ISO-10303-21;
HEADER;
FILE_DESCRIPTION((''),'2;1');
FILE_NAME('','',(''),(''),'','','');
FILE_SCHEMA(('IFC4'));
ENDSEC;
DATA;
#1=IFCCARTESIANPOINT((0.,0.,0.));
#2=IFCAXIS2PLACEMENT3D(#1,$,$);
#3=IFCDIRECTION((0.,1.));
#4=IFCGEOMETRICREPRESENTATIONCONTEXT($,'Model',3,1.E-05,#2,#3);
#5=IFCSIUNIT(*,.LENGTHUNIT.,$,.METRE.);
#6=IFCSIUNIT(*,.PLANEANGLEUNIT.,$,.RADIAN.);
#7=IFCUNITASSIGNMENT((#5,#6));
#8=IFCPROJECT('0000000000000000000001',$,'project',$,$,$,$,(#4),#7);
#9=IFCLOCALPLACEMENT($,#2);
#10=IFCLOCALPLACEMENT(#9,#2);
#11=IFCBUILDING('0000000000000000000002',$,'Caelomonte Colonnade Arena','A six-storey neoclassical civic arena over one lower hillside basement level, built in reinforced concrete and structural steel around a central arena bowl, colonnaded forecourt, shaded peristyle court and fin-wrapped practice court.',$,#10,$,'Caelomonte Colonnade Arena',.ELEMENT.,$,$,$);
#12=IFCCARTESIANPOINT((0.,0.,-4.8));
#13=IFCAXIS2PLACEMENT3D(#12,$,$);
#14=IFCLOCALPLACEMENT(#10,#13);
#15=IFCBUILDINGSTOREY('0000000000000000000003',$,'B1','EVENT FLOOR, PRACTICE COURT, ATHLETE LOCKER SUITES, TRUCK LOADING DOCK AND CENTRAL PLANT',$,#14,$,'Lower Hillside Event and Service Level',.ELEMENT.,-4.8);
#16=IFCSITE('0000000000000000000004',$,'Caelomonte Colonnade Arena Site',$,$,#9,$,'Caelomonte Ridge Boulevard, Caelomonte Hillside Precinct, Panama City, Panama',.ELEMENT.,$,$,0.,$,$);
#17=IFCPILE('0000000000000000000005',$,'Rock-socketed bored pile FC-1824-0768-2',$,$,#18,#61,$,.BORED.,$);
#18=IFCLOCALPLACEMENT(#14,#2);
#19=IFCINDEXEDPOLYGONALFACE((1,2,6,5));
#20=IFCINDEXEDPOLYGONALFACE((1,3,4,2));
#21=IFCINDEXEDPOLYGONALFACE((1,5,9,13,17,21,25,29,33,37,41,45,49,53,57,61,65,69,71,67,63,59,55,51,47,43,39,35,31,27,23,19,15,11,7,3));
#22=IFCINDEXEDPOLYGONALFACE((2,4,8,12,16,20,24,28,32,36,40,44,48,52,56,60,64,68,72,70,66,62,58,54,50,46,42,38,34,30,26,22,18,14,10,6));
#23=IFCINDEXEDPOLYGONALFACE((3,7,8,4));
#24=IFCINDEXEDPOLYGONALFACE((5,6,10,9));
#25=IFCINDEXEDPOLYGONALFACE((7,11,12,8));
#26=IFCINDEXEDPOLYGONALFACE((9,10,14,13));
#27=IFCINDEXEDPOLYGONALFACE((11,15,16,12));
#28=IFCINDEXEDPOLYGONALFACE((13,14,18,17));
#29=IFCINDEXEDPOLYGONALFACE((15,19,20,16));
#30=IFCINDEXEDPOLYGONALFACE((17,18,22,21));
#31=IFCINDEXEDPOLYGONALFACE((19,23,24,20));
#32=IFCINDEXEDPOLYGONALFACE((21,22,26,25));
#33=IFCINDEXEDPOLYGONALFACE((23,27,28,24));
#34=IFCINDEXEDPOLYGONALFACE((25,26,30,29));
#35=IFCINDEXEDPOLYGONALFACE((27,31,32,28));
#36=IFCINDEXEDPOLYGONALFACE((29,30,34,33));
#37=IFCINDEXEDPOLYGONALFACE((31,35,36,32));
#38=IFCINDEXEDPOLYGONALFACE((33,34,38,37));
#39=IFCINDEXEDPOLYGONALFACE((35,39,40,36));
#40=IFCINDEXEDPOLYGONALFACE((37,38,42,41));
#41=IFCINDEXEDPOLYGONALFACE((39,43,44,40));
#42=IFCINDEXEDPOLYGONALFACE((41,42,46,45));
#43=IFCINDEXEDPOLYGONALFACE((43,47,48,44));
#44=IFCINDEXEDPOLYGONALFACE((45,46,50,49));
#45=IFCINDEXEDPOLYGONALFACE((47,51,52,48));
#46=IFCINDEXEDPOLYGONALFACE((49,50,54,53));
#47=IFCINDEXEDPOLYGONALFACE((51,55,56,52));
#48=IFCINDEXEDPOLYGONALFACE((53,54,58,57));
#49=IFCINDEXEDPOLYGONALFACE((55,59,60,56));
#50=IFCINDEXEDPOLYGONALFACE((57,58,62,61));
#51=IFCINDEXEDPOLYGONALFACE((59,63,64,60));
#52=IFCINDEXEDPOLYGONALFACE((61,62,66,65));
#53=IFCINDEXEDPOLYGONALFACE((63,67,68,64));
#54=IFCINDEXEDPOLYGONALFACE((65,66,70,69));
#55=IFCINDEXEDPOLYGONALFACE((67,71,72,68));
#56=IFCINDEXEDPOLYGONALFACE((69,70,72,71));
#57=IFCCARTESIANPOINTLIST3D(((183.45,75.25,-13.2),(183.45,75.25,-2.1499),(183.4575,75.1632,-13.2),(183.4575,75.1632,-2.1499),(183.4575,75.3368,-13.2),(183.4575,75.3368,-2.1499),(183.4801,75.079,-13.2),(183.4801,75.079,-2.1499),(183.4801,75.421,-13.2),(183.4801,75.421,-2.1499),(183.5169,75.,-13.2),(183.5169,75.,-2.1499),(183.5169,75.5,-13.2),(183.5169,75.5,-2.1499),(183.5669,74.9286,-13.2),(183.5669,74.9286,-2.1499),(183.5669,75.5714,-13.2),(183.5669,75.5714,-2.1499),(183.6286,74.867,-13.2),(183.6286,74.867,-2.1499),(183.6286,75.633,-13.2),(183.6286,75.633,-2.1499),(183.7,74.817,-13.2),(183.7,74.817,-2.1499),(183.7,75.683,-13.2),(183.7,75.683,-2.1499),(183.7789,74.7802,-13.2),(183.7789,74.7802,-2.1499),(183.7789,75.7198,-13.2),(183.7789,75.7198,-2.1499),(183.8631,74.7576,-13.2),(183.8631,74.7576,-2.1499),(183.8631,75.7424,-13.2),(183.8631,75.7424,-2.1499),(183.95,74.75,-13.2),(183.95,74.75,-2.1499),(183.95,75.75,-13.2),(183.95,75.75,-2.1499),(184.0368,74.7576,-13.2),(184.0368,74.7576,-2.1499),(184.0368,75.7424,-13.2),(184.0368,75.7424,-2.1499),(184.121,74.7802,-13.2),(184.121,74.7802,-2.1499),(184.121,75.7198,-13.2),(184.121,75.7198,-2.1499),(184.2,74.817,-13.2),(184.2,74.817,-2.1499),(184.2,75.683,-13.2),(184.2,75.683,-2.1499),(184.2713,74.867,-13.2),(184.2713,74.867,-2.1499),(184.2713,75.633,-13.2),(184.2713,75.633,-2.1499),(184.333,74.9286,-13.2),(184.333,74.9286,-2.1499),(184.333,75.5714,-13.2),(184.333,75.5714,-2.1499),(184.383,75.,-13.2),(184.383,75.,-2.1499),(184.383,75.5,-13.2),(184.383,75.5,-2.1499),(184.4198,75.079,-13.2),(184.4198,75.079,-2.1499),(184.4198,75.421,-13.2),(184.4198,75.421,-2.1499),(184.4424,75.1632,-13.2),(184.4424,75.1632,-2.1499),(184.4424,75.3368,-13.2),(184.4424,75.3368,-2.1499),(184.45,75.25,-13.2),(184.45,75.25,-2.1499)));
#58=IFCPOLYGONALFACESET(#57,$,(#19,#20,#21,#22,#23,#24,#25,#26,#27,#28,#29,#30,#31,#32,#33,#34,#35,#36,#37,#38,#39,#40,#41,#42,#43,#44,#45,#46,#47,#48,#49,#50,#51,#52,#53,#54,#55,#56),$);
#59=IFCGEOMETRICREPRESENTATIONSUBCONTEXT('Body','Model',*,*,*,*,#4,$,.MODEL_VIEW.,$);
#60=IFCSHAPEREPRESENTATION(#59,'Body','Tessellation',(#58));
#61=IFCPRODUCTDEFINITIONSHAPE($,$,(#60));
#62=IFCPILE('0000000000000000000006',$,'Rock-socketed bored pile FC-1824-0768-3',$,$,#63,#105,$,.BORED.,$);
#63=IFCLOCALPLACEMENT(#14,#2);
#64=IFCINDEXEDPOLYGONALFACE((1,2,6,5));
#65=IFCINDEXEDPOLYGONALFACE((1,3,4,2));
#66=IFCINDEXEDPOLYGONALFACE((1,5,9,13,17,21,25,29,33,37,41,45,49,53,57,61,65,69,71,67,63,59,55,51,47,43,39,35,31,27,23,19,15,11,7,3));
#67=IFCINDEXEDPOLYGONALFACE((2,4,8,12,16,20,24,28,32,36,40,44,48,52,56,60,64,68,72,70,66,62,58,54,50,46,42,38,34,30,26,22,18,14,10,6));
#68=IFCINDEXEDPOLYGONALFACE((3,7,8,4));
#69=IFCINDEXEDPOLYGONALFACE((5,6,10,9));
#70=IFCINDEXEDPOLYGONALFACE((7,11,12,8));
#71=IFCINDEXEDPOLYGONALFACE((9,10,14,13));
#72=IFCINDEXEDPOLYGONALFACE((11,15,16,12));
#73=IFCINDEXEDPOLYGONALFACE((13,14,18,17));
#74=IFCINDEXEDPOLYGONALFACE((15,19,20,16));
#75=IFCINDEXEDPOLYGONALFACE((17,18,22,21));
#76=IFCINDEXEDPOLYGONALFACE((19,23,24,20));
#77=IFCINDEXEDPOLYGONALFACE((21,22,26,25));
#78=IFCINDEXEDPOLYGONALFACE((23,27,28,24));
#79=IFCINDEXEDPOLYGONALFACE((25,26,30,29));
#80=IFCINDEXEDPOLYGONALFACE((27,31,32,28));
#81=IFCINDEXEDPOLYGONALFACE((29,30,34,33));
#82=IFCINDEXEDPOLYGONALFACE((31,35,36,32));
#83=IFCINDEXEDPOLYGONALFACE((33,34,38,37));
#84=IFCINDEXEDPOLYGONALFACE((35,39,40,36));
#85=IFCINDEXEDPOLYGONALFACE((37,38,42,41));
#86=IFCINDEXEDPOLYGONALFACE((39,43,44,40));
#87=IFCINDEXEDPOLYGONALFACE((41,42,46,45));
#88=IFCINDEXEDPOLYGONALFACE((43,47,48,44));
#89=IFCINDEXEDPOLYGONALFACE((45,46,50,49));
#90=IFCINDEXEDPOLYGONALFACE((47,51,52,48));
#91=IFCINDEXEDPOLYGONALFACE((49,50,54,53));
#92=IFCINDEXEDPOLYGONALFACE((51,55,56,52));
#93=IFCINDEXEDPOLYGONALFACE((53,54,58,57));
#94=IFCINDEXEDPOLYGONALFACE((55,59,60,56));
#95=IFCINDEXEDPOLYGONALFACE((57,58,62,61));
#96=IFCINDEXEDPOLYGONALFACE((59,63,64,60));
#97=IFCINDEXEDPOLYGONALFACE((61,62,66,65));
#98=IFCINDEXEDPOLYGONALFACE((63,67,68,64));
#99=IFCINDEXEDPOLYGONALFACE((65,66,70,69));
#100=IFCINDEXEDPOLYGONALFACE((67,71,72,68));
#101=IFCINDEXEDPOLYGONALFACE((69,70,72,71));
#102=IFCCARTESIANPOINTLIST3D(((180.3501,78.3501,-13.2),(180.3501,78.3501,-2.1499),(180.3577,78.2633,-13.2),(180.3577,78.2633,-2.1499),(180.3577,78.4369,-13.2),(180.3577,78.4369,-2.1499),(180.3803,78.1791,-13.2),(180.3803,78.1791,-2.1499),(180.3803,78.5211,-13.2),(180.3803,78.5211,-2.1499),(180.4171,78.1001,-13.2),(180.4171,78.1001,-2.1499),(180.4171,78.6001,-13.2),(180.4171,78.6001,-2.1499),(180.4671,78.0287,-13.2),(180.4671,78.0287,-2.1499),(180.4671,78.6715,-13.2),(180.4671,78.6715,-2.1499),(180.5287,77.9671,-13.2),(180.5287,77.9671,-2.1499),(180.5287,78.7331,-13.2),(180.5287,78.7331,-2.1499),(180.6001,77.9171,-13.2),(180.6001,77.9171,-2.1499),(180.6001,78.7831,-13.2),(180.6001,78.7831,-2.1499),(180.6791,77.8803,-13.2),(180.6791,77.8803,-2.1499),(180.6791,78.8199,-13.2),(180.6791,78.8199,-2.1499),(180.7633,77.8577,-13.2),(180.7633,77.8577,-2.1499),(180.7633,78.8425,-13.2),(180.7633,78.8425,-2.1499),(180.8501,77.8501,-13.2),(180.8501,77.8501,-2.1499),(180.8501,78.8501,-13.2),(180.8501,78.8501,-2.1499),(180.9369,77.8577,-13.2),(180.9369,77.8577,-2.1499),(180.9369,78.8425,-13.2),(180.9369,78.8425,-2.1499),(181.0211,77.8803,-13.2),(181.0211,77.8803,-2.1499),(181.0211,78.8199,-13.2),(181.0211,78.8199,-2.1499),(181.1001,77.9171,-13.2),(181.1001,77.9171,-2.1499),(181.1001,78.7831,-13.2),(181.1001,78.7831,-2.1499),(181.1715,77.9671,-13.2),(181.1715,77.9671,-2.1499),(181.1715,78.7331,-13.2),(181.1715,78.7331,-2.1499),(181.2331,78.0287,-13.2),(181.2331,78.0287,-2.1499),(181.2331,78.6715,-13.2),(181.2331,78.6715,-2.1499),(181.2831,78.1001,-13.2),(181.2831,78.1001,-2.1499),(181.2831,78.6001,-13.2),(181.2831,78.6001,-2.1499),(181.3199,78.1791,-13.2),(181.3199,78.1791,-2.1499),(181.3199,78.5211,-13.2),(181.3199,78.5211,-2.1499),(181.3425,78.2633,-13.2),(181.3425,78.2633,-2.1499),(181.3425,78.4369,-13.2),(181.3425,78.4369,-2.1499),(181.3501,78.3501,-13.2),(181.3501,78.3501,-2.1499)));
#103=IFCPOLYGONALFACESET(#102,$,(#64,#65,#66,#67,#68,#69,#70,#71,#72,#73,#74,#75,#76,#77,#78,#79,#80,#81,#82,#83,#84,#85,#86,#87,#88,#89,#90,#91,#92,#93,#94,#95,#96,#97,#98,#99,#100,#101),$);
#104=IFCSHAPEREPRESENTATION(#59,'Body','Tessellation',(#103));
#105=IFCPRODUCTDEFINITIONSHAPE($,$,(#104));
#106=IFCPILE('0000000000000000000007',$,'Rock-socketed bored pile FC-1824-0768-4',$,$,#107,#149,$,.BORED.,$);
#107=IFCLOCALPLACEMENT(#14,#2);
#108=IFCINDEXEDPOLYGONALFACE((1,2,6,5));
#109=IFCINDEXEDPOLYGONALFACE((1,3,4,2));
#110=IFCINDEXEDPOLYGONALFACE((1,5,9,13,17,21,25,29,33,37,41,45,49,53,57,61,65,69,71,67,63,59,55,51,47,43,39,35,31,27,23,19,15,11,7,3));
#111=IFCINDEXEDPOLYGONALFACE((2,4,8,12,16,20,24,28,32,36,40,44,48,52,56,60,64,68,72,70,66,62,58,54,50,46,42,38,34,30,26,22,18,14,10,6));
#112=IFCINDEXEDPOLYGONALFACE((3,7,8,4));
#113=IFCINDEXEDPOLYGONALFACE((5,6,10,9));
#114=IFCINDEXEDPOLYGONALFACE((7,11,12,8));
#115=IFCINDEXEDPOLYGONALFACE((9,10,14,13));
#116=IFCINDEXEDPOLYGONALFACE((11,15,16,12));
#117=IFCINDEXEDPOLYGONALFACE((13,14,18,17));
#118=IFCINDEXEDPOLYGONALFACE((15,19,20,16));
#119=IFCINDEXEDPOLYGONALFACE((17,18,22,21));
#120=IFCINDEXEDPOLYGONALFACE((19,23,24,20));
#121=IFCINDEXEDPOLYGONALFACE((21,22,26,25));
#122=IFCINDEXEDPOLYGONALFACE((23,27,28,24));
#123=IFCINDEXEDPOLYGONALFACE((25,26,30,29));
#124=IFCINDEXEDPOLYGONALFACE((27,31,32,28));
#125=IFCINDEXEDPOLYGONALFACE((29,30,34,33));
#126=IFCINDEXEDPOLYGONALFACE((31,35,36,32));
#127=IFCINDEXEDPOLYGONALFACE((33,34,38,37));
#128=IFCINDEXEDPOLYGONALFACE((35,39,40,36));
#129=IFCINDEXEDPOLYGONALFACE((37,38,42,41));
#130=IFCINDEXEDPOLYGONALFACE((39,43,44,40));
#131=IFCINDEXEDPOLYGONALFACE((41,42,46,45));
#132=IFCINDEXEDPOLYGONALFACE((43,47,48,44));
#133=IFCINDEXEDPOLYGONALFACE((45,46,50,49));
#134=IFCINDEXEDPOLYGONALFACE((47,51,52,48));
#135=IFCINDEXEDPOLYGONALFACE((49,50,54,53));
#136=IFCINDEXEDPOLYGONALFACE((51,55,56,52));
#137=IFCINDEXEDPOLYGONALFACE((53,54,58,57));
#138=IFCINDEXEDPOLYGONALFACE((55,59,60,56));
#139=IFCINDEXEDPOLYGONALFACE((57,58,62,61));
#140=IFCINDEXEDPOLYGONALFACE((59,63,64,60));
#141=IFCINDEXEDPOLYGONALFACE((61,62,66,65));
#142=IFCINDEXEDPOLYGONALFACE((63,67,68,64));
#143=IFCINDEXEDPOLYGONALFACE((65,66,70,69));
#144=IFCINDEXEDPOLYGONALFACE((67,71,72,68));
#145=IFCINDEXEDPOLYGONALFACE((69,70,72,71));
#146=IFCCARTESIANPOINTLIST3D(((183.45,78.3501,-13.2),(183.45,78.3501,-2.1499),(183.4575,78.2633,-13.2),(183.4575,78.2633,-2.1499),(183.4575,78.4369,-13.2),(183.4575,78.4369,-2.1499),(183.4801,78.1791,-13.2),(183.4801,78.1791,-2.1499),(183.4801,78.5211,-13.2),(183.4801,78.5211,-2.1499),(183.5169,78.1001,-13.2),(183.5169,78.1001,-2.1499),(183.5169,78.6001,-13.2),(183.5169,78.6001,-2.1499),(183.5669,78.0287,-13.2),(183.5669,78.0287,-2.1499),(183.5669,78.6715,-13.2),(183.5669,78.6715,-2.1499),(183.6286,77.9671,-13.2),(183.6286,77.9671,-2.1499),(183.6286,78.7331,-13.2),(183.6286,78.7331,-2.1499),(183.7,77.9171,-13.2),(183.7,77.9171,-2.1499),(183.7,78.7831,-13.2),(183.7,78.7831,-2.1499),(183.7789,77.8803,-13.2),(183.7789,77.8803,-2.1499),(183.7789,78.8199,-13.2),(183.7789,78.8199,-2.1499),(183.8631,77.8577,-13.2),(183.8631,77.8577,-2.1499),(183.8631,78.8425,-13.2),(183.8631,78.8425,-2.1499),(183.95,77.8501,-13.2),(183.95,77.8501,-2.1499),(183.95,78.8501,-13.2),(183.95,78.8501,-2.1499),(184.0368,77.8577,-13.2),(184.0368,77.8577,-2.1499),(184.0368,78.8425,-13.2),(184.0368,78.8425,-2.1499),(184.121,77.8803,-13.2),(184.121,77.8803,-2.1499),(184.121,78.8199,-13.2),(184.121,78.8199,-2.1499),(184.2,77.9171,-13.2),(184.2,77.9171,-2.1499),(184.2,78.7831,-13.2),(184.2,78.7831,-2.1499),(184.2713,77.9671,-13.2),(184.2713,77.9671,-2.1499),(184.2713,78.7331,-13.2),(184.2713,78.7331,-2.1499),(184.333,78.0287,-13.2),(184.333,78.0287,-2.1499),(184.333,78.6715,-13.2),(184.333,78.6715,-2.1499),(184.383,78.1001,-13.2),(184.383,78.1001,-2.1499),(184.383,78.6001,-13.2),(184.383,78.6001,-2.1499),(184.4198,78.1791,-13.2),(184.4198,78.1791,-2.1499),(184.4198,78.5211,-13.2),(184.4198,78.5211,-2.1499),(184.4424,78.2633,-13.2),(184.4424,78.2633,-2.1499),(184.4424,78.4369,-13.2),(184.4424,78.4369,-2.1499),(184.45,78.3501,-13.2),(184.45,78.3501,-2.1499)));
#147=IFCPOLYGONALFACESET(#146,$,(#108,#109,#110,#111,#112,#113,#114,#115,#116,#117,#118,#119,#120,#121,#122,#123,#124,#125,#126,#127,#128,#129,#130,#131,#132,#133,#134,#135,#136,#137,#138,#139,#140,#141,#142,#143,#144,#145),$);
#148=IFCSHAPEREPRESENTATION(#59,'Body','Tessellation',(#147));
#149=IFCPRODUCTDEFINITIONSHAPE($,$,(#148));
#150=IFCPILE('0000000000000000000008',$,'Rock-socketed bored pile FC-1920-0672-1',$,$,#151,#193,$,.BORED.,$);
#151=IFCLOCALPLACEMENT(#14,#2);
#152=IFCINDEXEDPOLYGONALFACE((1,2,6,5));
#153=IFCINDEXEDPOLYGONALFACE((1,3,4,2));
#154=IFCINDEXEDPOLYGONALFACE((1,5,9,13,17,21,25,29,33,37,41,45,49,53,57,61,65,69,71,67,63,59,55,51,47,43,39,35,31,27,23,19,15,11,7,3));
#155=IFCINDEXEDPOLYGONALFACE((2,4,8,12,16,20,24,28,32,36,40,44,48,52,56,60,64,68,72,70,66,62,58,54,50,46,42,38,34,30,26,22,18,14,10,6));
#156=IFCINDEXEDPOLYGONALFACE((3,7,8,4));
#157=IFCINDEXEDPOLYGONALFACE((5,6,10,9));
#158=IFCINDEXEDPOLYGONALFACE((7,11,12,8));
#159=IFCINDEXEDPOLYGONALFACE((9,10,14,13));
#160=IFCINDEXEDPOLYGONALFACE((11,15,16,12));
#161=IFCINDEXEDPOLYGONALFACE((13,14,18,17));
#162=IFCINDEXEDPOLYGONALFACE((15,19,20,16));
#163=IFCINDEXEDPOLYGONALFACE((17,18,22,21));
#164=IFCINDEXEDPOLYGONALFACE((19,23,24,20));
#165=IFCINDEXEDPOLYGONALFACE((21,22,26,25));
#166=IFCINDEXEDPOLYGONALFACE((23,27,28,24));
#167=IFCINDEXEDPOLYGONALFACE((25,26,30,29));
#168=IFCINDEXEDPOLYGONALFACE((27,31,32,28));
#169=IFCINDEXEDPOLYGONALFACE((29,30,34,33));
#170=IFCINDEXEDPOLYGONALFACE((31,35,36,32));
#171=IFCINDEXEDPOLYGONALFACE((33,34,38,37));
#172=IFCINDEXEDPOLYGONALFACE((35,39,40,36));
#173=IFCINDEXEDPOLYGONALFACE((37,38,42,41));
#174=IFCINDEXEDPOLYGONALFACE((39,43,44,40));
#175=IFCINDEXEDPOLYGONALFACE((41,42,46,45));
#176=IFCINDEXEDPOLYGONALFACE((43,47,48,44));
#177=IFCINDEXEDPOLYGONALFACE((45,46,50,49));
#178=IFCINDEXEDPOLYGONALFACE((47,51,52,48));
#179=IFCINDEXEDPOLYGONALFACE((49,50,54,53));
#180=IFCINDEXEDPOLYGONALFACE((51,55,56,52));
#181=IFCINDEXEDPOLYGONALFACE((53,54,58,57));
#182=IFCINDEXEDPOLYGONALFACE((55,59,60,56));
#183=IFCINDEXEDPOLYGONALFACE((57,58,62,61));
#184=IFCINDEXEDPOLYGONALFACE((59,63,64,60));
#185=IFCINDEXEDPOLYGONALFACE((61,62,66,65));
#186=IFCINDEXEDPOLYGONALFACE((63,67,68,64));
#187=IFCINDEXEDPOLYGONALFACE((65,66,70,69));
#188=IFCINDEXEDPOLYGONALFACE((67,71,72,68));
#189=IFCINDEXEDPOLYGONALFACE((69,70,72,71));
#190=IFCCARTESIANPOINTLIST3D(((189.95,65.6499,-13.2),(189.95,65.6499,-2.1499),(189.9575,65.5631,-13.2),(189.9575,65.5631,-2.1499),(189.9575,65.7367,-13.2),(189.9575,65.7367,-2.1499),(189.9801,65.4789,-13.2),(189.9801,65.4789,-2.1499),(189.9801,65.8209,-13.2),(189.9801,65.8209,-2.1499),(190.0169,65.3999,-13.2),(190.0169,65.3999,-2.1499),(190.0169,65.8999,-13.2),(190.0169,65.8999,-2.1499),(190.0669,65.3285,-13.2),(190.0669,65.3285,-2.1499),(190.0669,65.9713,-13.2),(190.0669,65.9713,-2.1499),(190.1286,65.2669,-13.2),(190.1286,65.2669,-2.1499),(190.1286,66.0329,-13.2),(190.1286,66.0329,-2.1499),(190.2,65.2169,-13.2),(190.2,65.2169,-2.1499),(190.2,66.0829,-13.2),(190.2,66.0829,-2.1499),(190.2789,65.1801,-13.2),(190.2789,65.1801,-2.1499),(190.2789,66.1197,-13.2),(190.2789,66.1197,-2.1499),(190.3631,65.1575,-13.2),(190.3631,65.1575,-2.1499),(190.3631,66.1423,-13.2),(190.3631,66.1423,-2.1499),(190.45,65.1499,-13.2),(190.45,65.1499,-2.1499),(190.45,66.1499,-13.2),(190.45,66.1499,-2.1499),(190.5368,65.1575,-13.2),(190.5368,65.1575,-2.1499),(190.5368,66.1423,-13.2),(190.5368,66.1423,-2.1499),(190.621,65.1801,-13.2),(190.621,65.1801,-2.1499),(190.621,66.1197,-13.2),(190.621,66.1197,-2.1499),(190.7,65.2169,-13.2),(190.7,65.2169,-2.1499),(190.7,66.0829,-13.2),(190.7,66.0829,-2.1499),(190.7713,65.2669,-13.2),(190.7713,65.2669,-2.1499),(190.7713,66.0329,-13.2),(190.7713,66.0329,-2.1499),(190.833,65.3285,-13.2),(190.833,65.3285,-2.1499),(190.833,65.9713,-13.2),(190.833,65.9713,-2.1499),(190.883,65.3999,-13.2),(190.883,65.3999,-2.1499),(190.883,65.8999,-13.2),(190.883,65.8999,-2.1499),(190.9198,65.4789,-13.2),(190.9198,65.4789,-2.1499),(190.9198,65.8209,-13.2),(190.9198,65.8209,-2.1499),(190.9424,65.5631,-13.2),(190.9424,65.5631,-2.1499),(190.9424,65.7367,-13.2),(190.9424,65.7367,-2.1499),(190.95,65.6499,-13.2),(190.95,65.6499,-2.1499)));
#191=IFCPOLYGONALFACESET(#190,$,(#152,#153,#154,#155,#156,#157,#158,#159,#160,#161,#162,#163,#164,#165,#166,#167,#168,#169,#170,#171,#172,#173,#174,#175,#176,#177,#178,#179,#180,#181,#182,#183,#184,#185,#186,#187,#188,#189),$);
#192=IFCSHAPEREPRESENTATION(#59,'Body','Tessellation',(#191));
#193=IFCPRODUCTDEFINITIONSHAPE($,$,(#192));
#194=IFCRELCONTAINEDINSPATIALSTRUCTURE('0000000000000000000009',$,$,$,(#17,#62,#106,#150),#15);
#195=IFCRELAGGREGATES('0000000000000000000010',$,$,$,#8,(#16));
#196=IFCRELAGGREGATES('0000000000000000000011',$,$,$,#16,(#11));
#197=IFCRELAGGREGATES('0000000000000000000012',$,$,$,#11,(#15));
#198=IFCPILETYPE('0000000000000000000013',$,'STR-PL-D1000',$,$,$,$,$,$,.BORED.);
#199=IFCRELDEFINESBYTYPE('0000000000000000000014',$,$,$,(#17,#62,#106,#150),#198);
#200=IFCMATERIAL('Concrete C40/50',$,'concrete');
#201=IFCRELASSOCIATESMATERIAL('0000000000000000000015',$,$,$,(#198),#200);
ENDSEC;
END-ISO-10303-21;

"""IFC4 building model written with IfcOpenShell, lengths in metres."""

from ifc_helpers import new_model, si_unit, direction, frame, origin, origin_2d, place, context, subcontext, project, spatial, circle, extrude, material, material_profile, profile_set, type_object, element, save


model = new_model("IFC4")

# Units and contexts
model_context = context("Model", 3, precision=1e-05, world=origin(), true_north=direction((0.0, 1.0)))
body_context = subcontext(model_context, "Body", "Model", "MODEL_VIEW")
ifc_project = project(units=[si_unit("LENGTHUNIT", "METRE"), si_unit("PLANEANGLEUNIT", "RADIAN")], contexts=[model_context])

# Site, building, storey
site_placement = place(None, origin())
site = spatial("IfcSite", under=ifc_project, at=site_placement, Name="Caelomonte Colonnade Arena Site", LongName="Caelomonte Ridge Boulevard, Caelomonte Hillside Precinct, Panama City, Panama", CompositionType="ELEMENT", RefElevation=0.0)
building_placement = place(site_placement, origin())
building = spatial("IfcBuilding", under=site, at=building_placement, Name="Caelomonte Colonnade Arena", Description="A six-storey neoclassical civic arena over one lower hillside basement level, built in reinforced concrete and structural steel around a central arena bowl, colonnaded forecourt, shaded peristyle court and fin-wrapped practice court.", LongName="Caelomonte Colonnade Arena", CompositionType="ELEMENT")
storey_placement = place(building_placement, frame((0.0, 0.0, -4.8)))
storey = spatial("IfcBuildingStorey", under=building, at=storey_placement, Name="B1", Description="EVENT FLOOR, PRACTICE COURT, ATHLETE LOCKER SUITES, TRUCK LOADING DOCK AND CENTRAL PLANT", LongName="Lower Hillside Event and Service Level", CompositionType="ELEMENT", Elevation=-4.8)

# Shared definitions
ifc_material_1 = material(Name="Concrete C40/50", Category="concrete")

# Piles
ifc_material_profile_1 = material_profile(ifc_material_1, circle(Radius=0.5, at=origin_2d()), Name="PILE-D1000")
ifc_profile_set_1 = profile_set([ifc_material_profile_1], Name="Concrete C40/50")
pile_type = type_object("IfcPileType", Name="STR-PL-D1000", PredefinedType="BORED", material=ifc_profile_set_1)
for number, where, z_axis, x_axis, name in (
    (1, (183.95, 75.25, -2.1499), (0.0, 0.0, -1.0), (1.0, 0.0, 0.0), "Rock-socketed bored pile FC-1824-0768-2"),
    (2, (180.8501, 78.3501, -2.1499), (0.0, 0.0, -1.0), (1.0, 0.0, 0.0), "Rock-socketed bored pile FC-1824-0768-3"),
    (3, (183.95, 78.3501, -2.1499), (0.0, 0.0, -1.0), (1.0, 0.0, 0.0), "Rock-socketed bored pile FC-1824-0768-4"),
    (4, (190.45, 65.6499, -2.1499), (0.0, 0.0, -1.0), (1.0, 0.0, 0.0), "Rock-socketed bored pile FC-1920-0672-1"),
):
    element("IfcPile", number, at=place(storey_placement, frame(where, z_axis=z_axis, x_axis=x_axis)), inside=storey, type_object=pile_type, Name=name, PredefinedType="BORED", context=body_context, shape_type="SweptSolid", body=[
        extrude(circle(Radius=0.5, at=origin_2d()), origin(), (0.0, 0.0, 1.0), 11.05),
    ])

save(model, "model.ifc")
